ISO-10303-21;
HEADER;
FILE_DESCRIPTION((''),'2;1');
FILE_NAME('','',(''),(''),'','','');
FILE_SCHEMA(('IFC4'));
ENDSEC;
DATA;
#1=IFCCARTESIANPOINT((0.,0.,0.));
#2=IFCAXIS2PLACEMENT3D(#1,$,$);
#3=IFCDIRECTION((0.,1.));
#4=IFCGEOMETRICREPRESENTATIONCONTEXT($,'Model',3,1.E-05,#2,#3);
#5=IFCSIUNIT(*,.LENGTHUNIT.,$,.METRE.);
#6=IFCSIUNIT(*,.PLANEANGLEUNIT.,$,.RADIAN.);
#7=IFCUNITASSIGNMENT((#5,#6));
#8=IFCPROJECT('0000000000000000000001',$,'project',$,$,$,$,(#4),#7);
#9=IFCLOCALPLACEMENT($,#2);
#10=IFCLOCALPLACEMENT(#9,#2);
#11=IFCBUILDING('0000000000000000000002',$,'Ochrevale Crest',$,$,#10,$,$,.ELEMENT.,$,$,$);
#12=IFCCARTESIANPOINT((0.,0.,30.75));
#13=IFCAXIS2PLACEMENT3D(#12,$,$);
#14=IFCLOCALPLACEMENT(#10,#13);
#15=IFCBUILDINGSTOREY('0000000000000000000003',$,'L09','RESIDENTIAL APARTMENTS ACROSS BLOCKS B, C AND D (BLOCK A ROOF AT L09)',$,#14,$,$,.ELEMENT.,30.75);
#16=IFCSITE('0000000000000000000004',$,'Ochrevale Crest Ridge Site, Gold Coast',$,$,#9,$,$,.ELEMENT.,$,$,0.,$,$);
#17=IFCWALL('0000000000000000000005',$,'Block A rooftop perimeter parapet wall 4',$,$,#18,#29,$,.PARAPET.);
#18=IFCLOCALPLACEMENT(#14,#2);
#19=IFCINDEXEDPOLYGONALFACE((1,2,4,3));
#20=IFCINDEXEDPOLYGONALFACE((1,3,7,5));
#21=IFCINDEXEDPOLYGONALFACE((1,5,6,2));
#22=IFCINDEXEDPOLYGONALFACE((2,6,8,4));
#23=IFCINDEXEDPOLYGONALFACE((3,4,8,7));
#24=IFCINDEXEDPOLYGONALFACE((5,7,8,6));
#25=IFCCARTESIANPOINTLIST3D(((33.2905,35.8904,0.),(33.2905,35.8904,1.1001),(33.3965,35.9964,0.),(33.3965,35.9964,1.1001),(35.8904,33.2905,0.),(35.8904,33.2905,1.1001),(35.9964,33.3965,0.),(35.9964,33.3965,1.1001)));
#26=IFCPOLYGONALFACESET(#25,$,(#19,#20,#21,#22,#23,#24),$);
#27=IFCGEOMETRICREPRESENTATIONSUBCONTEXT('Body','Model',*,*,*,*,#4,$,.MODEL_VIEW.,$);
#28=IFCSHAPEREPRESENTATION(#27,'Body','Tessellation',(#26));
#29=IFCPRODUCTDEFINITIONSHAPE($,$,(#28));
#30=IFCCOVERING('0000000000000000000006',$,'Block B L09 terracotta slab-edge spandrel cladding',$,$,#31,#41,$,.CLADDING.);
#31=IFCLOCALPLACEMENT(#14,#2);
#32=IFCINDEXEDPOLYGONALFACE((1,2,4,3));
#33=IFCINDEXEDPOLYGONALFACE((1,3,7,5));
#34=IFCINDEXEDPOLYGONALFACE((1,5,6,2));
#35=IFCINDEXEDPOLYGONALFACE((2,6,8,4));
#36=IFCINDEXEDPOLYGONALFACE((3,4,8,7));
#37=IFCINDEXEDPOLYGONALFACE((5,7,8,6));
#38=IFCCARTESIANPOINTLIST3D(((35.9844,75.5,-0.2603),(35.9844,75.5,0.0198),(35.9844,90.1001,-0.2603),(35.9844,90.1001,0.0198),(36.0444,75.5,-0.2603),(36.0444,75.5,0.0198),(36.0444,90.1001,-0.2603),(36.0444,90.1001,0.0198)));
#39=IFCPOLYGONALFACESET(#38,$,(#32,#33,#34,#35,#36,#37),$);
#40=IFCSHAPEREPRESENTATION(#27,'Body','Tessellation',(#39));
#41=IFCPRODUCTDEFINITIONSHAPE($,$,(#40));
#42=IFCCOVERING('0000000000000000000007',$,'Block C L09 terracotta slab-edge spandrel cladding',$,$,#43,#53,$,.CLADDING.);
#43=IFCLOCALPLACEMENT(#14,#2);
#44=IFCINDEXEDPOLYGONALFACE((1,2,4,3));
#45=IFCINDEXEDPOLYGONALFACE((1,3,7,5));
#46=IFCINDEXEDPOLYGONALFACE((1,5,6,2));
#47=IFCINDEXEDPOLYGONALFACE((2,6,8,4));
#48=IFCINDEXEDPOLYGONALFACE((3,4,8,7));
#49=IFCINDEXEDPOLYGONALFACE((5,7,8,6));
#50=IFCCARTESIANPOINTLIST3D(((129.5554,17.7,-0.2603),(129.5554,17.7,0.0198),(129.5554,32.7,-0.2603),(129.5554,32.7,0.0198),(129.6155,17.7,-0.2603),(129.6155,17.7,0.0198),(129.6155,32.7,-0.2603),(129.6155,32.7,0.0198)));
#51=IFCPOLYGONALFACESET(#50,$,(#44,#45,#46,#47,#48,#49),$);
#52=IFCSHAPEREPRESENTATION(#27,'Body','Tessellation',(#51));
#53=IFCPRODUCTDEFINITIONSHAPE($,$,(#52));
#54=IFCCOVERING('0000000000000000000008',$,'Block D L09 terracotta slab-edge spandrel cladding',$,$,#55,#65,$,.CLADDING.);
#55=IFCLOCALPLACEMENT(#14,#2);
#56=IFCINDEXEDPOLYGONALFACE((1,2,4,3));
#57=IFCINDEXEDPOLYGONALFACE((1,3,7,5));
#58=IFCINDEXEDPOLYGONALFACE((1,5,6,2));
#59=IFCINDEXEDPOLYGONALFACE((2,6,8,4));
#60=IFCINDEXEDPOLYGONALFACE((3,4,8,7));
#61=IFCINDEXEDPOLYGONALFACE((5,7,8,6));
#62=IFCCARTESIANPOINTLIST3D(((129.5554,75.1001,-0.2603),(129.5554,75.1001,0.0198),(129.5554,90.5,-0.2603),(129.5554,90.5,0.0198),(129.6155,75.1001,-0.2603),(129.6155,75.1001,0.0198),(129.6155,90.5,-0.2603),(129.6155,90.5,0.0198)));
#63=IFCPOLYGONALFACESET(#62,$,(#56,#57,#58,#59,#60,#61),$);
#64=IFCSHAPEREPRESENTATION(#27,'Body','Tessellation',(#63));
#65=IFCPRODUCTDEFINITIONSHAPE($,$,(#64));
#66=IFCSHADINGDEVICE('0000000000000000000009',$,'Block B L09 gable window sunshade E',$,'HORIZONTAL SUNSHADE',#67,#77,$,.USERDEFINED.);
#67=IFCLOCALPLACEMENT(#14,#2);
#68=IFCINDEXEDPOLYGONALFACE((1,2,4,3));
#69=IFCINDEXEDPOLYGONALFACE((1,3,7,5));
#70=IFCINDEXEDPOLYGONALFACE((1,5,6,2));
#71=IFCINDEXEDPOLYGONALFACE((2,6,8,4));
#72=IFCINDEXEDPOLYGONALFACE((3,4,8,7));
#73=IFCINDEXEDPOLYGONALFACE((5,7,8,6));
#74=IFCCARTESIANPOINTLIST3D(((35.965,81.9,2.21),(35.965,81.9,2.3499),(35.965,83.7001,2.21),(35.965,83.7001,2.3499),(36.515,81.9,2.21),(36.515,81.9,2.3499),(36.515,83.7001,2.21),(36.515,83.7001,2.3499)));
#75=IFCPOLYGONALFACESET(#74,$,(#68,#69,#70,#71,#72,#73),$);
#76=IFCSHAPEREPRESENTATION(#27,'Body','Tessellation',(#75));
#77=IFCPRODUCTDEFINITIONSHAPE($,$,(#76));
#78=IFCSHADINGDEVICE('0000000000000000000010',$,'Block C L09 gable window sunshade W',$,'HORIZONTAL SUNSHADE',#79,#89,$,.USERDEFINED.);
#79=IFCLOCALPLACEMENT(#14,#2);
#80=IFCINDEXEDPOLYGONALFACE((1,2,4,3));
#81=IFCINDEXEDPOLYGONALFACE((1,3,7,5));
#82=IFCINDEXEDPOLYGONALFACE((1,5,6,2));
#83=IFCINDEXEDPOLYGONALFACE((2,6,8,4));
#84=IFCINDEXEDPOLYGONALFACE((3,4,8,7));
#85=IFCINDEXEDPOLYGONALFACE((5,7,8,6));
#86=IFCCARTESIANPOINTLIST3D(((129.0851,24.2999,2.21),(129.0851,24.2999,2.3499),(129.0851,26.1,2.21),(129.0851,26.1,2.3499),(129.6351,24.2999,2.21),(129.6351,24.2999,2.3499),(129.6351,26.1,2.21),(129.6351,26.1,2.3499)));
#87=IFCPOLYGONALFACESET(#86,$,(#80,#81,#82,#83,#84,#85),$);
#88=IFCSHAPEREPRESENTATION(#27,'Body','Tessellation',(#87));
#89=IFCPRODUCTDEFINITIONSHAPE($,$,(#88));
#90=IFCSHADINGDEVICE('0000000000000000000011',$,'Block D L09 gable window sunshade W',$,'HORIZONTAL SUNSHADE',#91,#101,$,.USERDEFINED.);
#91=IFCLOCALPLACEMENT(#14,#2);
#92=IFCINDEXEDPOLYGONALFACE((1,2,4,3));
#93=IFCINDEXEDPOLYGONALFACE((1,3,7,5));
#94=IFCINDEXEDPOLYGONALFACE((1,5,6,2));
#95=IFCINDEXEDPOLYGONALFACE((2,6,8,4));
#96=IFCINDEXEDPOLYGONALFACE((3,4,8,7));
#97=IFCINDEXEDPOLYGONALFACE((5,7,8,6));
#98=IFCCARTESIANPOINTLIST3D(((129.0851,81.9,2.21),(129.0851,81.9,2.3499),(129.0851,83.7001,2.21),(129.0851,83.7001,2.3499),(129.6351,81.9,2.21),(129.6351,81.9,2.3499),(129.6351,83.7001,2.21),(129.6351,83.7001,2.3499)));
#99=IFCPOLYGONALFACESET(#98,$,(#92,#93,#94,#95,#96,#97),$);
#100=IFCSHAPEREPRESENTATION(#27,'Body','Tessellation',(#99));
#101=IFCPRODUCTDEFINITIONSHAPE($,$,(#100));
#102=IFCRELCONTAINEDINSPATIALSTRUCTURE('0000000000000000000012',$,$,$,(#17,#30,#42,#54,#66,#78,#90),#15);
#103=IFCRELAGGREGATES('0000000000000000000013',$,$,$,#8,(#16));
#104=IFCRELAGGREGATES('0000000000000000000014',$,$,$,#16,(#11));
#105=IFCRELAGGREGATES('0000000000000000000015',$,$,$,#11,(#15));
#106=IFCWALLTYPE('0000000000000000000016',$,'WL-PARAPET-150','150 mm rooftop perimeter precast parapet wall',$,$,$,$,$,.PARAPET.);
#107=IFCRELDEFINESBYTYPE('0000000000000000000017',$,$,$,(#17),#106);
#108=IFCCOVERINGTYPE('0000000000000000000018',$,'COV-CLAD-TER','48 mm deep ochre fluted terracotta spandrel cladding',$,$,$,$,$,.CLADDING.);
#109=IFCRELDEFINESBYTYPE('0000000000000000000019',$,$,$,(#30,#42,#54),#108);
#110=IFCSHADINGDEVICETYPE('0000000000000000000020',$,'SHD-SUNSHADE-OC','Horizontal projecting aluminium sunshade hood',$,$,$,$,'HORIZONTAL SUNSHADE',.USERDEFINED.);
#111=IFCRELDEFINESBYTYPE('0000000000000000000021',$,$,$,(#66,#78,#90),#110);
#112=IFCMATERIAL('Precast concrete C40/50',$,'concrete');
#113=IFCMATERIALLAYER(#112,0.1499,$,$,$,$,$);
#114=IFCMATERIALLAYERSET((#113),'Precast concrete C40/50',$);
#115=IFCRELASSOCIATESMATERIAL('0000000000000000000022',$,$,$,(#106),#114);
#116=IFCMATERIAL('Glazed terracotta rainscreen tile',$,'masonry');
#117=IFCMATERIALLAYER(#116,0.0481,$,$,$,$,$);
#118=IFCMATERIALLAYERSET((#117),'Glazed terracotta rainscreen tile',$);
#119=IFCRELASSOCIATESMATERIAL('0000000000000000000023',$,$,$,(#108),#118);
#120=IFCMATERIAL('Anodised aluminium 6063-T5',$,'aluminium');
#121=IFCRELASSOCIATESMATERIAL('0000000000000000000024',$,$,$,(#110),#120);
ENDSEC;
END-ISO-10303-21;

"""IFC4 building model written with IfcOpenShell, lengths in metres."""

from ifc_helpers import new_model, si_unit, direction, frame, frame_2d, origin, origin_2d, place, context, subcontext, project, spatial, rectangle, extrude, material, layer, layer_set, type_object, element, save


model = new_model("IFC4")

# Units and contexts
model_context = context("Model", 3, precision=1e-05, world=origin(), true_north=direction((0.0, 1.0)))
body_context = subcontext(model_context, "Body", "Model", "MODEL_VIEW")
ifc_project = project(units=[si_unit("LENGTHUNIT", "METRE"), si_unit("PLANEANGLEUNIT", "RADIAN")], contexts=[model_context])

# Site, building, storey
site_placement = place(None, origin())
site = spatial("IfcSite", under=ifc_project, at=site_placement, Name="Ochrevale Crest Ridge Site, Gold Coast", CompositionType="ELEMENT", RefElevation=0.0)
building_placement = place(site_placement, origin())
building = spatial("IfcBuilding", under=site, at=building_placement, Name="Ochrevale Crest", CompositionType="ELEMENT")
storey_placement = place(building_placement, frame((0.0, 0.0, 30.75)))
storey = spatial("IfcBuildingStorey", under=building, at=storey_placement, Name="L09", Description="RESIDENTIAL APARTMENTS ACROSS BLOCKS B, C AND D (BLOCK A ROOF AT L09)", CompositionType="ELEMENT", Elevation=30.75)

# Shared definitions
ifc_material_1 = material(Name="Precast concrete C40/50", Category="concrete")

# Shared definitions
ifc_material_2 = material(Name="Anodised aluminium 6063-T5", Category="aluminium")

# Wall
ifc_layer_1 = layer(ifc_material_1, 0.1499)
ifc_layer_set_1 = layer_set([ifc_layer_1], Name="Precast concrete C40/50")
wall_type_1 = type_object("IfcWallType", Name="WL-PARAPET-150", Description="150 mm rooftop perimeter precast parapet wall", PredefinedType="PARAPET", material=ifc_layer_set_1)
wall_1_placement = place(storey_placement, frame((35.9434, 33.3435, 0.0), z_axis=(0.0, 0.0, 1.0), x_axis=(-0.707107, 0.707107, 0.0)))
element("IfcWall", 1, at=wall_1_placement, inside=storey, type_object=wall_type_1, Name="Block A rooftop perimeter parapet wall 4", PredefinedType="PARAPET", context=body_context, shape_type="SweptSolid", body=[
    extrude(rectangle(XDim=3.6768, YDim=0.1499, at=frame_2d((1.8384, 0.0))), origin(), (0.0, 0.0, 1.0), 1.1001),
])

# Coverings
ifc_material_3 = material(Name="Glazed terracotta rainscreen tile", Category="masonry")
ifc_layer_2 = layer(ifc_material_3, 0.0481)
ifc_layer_set_2 = layer_set([ifc_layer_2], Name="Glazed terracotta rainscreen tile")
covering_type = type_object("IfcCoveringType", Name="COV-CLAD-TER", Description="48 mm deep ochre fluted terracotta spandrel cladding", PredefinedType="CLADDING", material=ifc_layer_set_2)
covering_1_placement = place(storey_placement, frame((36.0144, 82.8, -0.2603), z_axis=(0.0, 0.0, 1.0), x_axis=(0.0, 1.0, 0.0)))
element("IfcCovering", 2, at=covering_1_placement, inside=storey, type_object=covering_type, Name="Block B L09 terracotta slab-edge spandrel cladding", PredefinedType="CLADDING", context=body_context, shape_type="SweptSolid", body=[
    extrude(rectangle(XDim=14.6001, YDim=0.0601, at=origin_2d()), origin(), (0.0, 0.0, 1.0), 0.28),
])
covering_2_placement = place(storey_placement, frame((129.5854, 25.2, -0.2603), z_axis=(0.0, 0.0, 1.0), x_axis=(0.0, -1.0, 0.0)))
element("IfcCovering", 3, at=covering_2_placement, inside=storey, type_object=covering_type, Name="Block C L09 terracotta slab-edge spandrel cladding", PredefinedType="CLADDING", context=body_context, shape_type="SweptSolid", body=[
    extrude(rectangle(XDim=15.0, YDim=0.0601, at=origin_2d()), origin(), (0.0, 0.0, 1.0), 0.28),
])
covering_3_placement = place(storey_placement, frame((129.5854, 82.8, -0.2603), z_axis=(0.0, 0.0, 1.0), x_axis=(0.0, -1.0, 0.0)))
element("IfcCovering", 4, at=covering_3_placement, inside=storey, type_object=covering_type, Name="Block D L09 terracotta slab-edge spandrel cladding", PredefinedType="CLADDING", context=body_context, shape_type="SweptSolid", body=[
    extrude(rectangle(XDim=15.3999, YDim=0.0601, at=origin_2d()), origin(), (0.0, 0.0, 1.0), 0.28),
])

# Shading devices
shading_device_type = type_object("IfcShadingDeviceType", Name="SHD-SUNSHADE-OC", Description="Horizontal projecting aluminium sunshade hood", ElementType="HORIZONTAL SUNSHADE", PredefinedType="USERDEFINED", material=ifc_material_2)
for number, where, z_axis, x_axis, name in (
    (5, (36.24, 82.8, 2.21), (0.0, 0.0, 1.0), (1.0, 0.0, 0.0), "Block B L09 gable window sunshade E"),
    (6, (129.3601, 25.2, 2.21), (0.0, 0.0, 1.0), (1.0, 0.0, 0.0), "Block C L09 gable window sunshade W"),
    (7, (129.3601, 82.8, 2.21), (0.0, 0.0, 1.0), (1.0, 0.0, 0.0), "Block D L09 gable window sunshade W"),
):
    element("IfcShadingDevice", number, at=place(storey_placement, frame(where, z_axis=z_axis, x_axis=x_axis)), inside=storey, type_object=shading_device_type, Name=name, ObjectType="HORIZONTAL SUNSHADE", PredefinedType="USERDEFINED", context=body_context, shape_type="SweptSolid", body=[
        extrude(rectangle(XDim=0.55, YDim=1.8, at=origin_2d()), origin(), (0.0, 0.0, 1.0), 0.1399),
    ])

save(model, "model.ifc")
